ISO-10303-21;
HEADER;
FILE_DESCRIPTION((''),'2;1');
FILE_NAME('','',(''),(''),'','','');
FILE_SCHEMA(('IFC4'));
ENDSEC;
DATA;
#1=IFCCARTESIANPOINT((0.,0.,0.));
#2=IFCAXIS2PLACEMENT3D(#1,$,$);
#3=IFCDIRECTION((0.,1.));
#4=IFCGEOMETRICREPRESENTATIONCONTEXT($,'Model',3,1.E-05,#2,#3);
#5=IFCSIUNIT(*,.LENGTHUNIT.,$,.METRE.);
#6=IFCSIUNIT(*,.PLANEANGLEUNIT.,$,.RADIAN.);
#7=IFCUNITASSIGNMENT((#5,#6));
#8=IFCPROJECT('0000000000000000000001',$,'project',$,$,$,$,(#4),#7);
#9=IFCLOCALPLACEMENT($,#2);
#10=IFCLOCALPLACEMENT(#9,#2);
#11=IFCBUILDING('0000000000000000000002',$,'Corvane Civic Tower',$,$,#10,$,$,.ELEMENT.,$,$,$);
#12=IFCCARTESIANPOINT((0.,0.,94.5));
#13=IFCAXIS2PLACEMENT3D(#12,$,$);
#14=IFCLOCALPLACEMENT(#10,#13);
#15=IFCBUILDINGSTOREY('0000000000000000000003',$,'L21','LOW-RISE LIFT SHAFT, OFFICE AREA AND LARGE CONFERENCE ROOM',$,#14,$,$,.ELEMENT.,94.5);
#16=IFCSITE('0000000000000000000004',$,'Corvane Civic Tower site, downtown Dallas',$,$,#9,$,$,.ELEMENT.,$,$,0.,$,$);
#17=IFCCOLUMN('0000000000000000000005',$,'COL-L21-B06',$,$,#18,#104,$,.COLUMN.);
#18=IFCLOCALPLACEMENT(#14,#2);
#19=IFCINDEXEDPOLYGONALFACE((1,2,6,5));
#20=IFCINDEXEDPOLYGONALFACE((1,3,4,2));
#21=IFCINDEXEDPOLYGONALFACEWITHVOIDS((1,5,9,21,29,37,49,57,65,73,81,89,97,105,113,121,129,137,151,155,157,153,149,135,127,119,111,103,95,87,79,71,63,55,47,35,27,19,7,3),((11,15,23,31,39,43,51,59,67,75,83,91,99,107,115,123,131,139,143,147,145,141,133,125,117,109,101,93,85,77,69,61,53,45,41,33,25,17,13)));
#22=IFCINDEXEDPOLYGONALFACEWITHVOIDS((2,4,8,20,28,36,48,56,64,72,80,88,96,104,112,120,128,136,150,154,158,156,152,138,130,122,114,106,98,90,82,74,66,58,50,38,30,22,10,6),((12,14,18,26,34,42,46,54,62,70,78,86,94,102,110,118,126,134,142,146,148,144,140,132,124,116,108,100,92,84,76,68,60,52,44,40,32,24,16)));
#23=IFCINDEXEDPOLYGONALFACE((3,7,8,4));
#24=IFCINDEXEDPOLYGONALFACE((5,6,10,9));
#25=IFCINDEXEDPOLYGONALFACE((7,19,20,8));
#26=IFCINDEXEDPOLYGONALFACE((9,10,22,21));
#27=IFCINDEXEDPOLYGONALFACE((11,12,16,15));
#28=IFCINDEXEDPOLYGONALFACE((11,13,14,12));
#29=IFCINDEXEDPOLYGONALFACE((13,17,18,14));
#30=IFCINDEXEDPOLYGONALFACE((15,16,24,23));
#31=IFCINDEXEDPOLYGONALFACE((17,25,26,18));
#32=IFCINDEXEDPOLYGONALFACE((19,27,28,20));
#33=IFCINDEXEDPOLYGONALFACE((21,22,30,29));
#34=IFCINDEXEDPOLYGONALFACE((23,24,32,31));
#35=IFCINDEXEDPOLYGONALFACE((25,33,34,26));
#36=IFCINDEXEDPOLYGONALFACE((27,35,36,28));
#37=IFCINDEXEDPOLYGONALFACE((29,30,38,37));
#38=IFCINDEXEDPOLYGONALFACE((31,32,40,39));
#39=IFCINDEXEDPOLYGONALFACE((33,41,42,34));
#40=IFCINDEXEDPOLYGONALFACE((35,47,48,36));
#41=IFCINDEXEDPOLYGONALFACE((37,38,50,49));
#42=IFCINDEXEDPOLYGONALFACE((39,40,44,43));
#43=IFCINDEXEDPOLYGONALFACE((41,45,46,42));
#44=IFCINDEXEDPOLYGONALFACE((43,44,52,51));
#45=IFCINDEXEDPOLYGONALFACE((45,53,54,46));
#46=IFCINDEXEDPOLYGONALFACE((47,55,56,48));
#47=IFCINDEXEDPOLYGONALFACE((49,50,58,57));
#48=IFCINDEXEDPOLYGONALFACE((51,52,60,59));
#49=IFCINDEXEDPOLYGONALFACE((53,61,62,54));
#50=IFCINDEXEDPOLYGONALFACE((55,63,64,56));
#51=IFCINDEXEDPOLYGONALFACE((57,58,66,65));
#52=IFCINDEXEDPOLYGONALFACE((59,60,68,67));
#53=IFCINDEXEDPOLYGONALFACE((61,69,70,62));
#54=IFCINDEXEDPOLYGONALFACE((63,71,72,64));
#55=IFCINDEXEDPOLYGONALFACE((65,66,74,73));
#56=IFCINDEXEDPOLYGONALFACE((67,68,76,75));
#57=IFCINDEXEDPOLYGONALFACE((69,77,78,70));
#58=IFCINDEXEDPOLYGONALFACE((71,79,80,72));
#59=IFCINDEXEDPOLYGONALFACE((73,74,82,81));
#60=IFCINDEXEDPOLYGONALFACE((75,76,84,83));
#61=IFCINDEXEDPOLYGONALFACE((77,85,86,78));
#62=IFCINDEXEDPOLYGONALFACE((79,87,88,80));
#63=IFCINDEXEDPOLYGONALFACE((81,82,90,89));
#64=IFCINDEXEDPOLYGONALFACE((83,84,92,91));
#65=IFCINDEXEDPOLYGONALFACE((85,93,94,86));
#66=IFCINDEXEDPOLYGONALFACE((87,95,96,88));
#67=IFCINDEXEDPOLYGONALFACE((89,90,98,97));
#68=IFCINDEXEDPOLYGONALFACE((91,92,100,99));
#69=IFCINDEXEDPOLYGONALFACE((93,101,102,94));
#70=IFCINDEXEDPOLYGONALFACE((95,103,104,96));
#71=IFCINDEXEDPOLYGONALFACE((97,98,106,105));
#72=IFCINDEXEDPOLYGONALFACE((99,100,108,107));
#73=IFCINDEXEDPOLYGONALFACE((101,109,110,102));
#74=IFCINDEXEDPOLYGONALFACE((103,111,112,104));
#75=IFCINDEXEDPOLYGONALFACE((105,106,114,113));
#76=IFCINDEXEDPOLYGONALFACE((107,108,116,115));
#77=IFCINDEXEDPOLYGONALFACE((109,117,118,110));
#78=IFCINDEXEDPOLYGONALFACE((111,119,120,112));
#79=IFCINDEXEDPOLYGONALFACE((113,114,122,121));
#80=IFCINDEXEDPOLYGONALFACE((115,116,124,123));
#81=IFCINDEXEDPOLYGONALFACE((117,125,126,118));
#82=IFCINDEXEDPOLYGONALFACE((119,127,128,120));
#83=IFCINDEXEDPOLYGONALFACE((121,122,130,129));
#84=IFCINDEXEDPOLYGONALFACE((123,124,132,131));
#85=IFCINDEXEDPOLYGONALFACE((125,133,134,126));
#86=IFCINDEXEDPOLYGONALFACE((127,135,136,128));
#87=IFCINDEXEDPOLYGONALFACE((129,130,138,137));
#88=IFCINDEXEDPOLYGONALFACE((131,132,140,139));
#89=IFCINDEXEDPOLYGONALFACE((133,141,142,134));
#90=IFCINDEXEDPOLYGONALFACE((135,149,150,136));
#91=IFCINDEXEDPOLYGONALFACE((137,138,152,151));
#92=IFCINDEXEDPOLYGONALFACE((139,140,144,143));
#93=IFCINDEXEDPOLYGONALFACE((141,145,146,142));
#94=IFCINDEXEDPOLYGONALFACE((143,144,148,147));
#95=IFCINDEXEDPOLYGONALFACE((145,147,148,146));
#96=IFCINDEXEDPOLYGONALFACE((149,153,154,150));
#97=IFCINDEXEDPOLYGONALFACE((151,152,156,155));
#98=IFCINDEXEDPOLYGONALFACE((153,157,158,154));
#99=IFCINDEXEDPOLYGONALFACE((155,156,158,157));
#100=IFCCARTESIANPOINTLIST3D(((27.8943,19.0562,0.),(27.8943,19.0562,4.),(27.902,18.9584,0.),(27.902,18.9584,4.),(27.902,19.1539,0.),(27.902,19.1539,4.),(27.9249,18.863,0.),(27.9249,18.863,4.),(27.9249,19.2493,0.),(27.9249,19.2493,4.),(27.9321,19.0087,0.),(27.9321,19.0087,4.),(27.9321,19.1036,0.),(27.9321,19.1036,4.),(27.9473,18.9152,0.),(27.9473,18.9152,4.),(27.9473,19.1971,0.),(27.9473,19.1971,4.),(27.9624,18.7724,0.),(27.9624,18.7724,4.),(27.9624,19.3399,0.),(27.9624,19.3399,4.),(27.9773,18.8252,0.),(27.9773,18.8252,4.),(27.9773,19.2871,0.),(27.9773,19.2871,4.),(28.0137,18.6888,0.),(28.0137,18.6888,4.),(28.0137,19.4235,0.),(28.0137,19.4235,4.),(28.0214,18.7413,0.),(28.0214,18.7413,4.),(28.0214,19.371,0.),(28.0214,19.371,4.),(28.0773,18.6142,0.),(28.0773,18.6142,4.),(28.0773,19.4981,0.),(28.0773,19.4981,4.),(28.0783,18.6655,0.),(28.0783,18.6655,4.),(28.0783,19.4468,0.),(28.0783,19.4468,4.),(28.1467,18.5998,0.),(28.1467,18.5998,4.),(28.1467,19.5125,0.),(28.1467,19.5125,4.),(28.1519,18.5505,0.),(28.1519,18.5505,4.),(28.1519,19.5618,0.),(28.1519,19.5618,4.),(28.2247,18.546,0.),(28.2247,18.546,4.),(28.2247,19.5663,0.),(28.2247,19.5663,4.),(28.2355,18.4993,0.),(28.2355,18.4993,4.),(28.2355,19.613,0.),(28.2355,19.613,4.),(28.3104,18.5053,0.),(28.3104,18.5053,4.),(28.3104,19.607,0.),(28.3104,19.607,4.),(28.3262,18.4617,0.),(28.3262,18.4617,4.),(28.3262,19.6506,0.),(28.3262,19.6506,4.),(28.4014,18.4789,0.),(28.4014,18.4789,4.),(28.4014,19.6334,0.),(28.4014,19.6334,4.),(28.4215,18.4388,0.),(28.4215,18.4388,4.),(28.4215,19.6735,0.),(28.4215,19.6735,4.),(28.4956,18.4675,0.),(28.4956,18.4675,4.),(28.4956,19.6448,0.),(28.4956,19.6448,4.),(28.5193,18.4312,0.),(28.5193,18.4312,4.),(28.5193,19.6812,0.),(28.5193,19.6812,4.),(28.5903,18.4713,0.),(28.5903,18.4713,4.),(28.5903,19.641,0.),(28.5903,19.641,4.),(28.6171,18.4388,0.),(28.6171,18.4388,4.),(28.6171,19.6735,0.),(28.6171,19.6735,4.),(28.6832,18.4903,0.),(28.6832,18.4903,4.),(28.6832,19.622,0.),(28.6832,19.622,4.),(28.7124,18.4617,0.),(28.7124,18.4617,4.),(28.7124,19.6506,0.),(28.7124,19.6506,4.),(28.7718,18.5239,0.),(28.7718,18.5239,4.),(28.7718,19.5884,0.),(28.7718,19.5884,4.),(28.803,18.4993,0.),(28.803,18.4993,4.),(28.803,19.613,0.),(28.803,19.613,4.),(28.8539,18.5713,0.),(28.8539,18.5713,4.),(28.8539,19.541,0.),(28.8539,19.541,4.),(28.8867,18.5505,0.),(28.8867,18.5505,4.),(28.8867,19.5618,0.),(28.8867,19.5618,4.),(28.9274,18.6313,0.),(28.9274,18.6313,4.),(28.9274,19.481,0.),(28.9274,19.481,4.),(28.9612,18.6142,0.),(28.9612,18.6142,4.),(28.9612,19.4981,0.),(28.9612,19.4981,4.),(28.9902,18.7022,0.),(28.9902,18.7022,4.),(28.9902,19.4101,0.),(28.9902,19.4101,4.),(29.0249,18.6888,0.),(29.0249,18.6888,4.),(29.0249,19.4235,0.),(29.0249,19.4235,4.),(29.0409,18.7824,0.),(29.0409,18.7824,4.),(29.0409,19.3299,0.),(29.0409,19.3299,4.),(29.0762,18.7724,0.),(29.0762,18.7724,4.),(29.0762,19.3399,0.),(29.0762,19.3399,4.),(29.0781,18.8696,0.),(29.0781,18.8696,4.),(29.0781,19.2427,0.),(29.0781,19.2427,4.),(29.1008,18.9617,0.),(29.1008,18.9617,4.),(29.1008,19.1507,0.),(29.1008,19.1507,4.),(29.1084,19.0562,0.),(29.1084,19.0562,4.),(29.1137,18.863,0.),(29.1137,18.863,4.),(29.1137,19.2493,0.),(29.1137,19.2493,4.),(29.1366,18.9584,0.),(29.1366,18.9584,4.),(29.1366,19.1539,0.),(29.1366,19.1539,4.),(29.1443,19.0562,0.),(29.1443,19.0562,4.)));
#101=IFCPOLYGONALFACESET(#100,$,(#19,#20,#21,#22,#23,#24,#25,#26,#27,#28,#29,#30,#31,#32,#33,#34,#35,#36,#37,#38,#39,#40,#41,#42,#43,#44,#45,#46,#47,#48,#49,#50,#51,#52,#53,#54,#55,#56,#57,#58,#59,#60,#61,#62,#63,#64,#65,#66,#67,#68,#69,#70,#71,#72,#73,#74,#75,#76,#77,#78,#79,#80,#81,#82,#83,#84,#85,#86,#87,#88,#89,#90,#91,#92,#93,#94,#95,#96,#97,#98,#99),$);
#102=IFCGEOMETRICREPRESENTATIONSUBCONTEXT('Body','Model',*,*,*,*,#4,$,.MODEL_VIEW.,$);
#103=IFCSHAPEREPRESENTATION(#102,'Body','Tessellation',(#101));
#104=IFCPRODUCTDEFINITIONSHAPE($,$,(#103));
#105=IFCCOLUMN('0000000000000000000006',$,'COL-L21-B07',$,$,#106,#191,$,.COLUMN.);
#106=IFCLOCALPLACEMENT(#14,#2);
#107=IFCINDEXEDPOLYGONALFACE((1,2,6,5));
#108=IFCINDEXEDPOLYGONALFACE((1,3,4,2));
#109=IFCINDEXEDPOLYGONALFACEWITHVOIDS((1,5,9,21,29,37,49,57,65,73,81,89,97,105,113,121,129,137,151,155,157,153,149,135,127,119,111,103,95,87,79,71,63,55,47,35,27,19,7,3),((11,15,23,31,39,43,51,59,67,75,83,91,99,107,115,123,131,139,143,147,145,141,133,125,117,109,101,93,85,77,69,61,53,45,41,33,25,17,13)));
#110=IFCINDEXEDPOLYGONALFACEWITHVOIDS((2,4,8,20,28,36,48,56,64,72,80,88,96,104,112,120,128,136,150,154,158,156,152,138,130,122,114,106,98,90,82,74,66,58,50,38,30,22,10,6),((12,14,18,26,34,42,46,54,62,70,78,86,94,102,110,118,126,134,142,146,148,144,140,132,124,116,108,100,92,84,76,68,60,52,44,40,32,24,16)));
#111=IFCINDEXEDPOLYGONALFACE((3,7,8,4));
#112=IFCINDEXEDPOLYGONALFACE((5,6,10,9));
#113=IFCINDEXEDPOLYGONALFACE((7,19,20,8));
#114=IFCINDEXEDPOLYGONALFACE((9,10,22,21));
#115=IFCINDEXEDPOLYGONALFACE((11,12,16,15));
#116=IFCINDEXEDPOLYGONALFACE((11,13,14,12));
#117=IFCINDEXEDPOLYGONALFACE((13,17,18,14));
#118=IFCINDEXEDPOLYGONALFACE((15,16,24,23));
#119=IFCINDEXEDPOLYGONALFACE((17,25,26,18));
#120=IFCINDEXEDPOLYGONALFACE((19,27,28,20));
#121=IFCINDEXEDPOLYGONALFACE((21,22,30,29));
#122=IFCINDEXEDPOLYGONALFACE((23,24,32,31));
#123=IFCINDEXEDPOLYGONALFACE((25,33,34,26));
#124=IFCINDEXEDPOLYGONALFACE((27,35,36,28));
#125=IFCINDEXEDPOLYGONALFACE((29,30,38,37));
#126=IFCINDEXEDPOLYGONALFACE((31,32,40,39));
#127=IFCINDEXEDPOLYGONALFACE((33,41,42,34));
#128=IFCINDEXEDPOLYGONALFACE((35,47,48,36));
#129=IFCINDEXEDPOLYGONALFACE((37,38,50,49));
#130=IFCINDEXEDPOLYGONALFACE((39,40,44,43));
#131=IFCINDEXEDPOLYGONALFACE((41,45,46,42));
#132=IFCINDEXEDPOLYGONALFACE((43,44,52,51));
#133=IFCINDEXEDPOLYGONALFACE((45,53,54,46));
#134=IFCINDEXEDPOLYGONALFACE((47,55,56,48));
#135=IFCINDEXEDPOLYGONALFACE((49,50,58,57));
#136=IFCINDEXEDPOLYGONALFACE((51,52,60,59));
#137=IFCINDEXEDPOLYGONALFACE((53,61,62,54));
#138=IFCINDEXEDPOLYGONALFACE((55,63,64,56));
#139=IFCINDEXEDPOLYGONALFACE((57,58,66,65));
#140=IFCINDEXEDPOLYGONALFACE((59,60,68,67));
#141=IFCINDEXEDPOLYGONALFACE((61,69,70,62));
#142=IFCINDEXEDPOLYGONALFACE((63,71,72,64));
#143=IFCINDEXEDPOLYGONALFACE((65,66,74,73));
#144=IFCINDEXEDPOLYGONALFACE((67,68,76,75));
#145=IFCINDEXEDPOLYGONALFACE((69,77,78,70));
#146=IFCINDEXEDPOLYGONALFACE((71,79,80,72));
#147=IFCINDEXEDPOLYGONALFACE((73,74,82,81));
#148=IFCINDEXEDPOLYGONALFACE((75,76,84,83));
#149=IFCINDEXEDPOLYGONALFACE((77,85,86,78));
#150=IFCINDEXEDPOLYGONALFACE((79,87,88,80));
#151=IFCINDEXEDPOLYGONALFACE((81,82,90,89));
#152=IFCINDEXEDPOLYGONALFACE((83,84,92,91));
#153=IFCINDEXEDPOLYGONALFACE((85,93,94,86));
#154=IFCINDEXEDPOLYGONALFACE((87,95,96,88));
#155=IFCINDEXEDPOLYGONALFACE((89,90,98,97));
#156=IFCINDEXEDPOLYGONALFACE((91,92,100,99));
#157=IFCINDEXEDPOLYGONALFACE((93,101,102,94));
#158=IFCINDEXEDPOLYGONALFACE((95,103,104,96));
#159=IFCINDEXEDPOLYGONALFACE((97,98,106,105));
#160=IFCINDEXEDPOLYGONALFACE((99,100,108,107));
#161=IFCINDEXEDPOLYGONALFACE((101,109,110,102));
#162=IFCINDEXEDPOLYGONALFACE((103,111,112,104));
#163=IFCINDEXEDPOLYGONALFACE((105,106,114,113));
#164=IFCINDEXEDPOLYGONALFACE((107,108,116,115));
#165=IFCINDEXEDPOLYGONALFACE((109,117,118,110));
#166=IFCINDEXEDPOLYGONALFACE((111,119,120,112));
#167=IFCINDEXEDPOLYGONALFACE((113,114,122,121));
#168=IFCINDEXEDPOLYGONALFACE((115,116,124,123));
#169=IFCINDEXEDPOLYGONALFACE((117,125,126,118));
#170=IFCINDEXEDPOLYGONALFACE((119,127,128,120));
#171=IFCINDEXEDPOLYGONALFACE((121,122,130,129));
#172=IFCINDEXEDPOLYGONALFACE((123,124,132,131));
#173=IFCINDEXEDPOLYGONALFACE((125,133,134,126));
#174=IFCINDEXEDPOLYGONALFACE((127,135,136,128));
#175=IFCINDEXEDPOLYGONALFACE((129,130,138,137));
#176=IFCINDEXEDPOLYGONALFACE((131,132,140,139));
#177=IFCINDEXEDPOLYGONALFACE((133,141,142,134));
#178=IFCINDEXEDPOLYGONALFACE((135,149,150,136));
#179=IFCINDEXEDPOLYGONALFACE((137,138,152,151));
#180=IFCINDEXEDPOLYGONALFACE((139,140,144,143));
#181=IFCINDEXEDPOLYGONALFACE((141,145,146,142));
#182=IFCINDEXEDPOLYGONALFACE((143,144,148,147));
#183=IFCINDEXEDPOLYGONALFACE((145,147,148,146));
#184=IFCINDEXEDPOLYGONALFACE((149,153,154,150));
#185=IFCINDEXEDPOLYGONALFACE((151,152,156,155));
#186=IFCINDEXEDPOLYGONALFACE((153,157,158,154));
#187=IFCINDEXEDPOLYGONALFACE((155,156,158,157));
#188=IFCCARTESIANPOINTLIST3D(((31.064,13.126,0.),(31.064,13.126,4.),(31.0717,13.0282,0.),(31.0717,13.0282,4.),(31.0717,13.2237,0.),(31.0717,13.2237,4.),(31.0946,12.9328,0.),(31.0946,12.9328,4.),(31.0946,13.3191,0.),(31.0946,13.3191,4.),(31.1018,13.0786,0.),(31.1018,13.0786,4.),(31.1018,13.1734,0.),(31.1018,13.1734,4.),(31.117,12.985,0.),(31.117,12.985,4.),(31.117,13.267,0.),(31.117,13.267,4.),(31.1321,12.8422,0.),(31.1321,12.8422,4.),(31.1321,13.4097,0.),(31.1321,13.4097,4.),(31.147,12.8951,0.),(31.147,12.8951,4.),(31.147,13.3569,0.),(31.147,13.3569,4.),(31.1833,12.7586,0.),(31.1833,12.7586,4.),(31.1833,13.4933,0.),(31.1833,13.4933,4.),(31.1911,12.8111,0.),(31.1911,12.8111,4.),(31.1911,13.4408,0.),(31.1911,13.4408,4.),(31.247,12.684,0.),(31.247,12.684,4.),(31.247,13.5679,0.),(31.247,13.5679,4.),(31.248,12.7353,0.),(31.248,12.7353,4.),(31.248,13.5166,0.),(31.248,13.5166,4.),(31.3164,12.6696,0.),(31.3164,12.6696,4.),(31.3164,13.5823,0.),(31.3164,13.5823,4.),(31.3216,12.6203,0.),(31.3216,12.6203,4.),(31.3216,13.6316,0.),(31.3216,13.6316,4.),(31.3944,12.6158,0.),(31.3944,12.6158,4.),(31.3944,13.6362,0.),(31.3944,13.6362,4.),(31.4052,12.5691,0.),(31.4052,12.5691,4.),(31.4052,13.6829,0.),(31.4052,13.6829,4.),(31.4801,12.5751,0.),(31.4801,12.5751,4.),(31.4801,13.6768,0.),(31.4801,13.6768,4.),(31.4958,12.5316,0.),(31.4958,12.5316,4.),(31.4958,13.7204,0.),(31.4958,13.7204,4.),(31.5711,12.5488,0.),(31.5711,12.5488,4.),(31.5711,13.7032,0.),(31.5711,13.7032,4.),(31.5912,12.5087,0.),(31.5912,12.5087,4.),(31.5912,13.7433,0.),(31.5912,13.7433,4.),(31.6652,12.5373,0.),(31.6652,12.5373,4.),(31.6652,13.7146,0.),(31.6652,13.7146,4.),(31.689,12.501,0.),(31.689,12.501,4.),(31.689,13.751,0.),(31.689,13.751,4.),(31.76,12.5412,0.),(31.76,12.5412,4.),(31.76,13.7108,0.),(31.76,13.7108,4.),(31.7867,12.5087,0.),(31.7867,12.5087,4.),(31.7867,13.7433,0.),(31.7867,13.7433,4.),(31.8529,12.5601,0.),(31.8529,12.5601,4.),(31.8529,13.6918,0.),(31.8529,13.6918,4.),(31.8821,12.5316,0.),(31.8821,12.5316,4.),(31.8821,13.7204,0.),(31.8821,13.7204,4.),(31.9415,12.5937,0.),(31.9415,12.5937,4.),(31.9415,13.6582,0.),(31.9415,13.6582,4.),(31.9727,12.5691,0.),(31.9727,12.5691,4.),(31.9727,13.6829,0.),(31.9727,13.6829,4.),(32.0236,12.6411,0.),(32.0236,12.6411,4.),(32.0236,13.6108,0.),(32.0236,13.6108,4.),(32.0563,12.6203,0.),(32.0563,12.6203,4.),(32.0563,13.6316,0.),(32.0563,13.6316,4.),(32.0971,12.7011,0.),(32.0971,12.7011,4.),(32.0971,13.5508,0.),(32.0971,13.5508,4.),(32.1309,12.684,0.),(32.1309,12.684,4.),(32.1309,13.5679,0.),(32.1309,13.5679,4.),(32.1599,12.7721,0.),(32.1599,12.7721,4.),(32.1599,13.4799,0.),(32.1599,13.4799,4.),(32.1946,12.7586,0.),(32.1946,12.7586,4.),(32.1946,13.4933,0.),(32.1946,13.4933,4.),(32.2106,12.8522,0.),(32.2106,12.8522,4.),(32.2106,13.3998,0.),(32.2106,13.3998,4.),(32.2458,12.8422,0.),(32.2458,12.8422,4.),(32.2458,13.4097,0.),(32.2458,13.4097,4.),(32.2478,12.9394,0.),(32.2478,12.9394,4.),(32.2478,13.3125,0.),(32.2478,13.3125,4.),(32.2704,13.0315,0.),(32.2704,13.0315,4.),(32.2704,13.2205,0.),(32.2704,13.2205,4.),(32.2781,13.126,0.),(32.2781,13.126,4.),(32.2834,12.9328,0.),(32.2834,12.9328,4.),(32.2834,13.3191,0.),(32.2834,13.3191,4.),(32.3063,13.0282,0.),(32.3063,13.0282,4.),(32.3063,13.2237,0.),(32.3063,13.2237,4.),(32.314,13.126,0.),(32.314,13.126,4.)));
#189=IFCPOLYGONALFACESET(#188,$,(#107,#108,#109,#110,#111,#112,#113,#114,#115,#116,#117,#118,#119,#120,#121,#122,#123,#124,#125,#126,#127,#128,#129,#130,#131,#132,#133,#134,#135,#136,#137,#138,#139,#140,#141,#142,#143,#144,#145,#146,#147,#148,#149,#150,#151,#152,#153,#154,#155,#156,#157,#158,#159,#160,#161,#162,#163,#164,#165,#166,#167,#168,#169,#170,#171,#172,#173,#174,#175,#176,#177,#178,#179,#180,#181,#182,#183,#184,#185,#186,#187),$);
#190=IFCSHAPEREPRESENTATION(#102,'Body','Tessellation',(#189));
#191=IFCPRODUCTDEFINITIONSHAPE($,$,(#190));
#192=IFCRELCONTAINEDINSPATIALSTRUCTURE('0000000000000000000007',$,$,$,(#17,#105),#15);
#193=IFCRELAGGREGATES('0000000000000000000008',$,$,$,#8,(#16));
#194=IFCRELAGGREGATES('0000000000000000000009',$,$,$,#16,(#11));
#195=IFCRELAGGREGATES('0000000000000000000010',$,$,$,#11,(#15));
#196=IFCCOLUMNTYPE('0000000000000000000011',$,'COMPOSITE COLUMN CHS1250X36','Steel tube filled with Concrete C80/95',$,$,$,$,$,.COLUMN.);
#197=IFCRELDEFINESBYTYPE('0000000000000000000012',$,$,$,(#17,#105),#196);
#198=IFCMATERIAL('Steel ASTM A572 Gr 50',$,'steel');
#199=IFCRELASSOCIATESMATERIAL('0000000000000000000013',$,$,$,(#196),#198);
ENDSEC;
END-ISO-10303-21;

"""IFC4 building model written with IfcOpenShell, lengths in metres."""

from ifc_helpers import new_model, si_unit, direction, frame, origin, origin_2d, place, context, subcontext, project, spatial, hollow_circle, extrude, material, material_profile, profile_set, type_object, element, save


model = new_model("IFC4")

# Units and contexts
model_context = context("Model", 3, precision=1e-05, world=origin(), true_north=direction((0.0, 1.0)))
body_context = subcontext(model_context, "Body", "Model", "MODEL_VIEW")
ifc_project = project(units=[si_unit("LENGTHUNIT", "METRE"), si_unit("PLANEANGLEUNIT", "RADIAN")], contexts=[model_context])

# Site, building, storey
site_placement = place(None, origin())
site = spatial("IfcSite", under=ifc_project, at=site_placement, Name="Corvane Civic Tower site, downtown Dallas", CompositionType="ELEMENT", RefElevation=0.0)
building_placement = place(site_placement, origin())
building = spatial("IfcBuilding", under=site, at=building_placement, Name="Corvane Civic Tower", CompositionType="ELEMENT")
storey_placement = place(building_placement, frame((0.0, 0.0, 94.5)))
storey = spatial("IfcBuildingStorey", under=building, at=storey_placement, Name="L21", Description="LOW-RISE LIFT SHAFT, OFFICE AREA AND LARGE CONFERENCE ROOM", CompositionType="ELEMENT", Elevation=94.5)

# Columns
ifc_material_1 = material(Name="Steel ASTM A572 Gr 50", Category="steel")
ifc_material_profile_1 = material_profile(ifc_material_1, hollow_circle(Radius=0.625, WallThickness=0.0359, at=origin_2d()), Name="CHS1250X36")
ifc_profile_set_1 = profile_set([ifc_material_profile_1], Name="Steel ASTM A572 Gr 50")
column_type = type_object("IfcColumnType", Name="COMPOSITE COLUMN CHS1250X36", Description="Steel tube filled with Concrete C80/95", PredefinedType="COLUMN", material=ifc_profile_set_1)
for number, where, z_axis, x_axis, name in (
    (1, (28.5193, 19.0562, 0.0), (0.0, 0.0, 1.0), (1.0, 0.0, 0.0), "COL-L21-B06"),
    (2, (31.689, 13.126, 0.0), (0.0, 0.0, 1.0), (1.0, 0.0, 0.0), "COL-L21-B07"),
):
    element("IfcColumn", number, at=place(storey_placement, frame(where, z_axis=z_axis, x_axis=x_axis)), inside=storey, type_object=column_type, Name=name, PredefinedType="COLUMN", context=body_context, shape_type="SweptSolid", body=[
        extrude(hollow_circle(Radius=0.625, WallThickness=0.0359, at=origin_2d()), origin(), (0.0, 0.0, 1.0), 4.0),
    ])

save(model, "model.ifc")
